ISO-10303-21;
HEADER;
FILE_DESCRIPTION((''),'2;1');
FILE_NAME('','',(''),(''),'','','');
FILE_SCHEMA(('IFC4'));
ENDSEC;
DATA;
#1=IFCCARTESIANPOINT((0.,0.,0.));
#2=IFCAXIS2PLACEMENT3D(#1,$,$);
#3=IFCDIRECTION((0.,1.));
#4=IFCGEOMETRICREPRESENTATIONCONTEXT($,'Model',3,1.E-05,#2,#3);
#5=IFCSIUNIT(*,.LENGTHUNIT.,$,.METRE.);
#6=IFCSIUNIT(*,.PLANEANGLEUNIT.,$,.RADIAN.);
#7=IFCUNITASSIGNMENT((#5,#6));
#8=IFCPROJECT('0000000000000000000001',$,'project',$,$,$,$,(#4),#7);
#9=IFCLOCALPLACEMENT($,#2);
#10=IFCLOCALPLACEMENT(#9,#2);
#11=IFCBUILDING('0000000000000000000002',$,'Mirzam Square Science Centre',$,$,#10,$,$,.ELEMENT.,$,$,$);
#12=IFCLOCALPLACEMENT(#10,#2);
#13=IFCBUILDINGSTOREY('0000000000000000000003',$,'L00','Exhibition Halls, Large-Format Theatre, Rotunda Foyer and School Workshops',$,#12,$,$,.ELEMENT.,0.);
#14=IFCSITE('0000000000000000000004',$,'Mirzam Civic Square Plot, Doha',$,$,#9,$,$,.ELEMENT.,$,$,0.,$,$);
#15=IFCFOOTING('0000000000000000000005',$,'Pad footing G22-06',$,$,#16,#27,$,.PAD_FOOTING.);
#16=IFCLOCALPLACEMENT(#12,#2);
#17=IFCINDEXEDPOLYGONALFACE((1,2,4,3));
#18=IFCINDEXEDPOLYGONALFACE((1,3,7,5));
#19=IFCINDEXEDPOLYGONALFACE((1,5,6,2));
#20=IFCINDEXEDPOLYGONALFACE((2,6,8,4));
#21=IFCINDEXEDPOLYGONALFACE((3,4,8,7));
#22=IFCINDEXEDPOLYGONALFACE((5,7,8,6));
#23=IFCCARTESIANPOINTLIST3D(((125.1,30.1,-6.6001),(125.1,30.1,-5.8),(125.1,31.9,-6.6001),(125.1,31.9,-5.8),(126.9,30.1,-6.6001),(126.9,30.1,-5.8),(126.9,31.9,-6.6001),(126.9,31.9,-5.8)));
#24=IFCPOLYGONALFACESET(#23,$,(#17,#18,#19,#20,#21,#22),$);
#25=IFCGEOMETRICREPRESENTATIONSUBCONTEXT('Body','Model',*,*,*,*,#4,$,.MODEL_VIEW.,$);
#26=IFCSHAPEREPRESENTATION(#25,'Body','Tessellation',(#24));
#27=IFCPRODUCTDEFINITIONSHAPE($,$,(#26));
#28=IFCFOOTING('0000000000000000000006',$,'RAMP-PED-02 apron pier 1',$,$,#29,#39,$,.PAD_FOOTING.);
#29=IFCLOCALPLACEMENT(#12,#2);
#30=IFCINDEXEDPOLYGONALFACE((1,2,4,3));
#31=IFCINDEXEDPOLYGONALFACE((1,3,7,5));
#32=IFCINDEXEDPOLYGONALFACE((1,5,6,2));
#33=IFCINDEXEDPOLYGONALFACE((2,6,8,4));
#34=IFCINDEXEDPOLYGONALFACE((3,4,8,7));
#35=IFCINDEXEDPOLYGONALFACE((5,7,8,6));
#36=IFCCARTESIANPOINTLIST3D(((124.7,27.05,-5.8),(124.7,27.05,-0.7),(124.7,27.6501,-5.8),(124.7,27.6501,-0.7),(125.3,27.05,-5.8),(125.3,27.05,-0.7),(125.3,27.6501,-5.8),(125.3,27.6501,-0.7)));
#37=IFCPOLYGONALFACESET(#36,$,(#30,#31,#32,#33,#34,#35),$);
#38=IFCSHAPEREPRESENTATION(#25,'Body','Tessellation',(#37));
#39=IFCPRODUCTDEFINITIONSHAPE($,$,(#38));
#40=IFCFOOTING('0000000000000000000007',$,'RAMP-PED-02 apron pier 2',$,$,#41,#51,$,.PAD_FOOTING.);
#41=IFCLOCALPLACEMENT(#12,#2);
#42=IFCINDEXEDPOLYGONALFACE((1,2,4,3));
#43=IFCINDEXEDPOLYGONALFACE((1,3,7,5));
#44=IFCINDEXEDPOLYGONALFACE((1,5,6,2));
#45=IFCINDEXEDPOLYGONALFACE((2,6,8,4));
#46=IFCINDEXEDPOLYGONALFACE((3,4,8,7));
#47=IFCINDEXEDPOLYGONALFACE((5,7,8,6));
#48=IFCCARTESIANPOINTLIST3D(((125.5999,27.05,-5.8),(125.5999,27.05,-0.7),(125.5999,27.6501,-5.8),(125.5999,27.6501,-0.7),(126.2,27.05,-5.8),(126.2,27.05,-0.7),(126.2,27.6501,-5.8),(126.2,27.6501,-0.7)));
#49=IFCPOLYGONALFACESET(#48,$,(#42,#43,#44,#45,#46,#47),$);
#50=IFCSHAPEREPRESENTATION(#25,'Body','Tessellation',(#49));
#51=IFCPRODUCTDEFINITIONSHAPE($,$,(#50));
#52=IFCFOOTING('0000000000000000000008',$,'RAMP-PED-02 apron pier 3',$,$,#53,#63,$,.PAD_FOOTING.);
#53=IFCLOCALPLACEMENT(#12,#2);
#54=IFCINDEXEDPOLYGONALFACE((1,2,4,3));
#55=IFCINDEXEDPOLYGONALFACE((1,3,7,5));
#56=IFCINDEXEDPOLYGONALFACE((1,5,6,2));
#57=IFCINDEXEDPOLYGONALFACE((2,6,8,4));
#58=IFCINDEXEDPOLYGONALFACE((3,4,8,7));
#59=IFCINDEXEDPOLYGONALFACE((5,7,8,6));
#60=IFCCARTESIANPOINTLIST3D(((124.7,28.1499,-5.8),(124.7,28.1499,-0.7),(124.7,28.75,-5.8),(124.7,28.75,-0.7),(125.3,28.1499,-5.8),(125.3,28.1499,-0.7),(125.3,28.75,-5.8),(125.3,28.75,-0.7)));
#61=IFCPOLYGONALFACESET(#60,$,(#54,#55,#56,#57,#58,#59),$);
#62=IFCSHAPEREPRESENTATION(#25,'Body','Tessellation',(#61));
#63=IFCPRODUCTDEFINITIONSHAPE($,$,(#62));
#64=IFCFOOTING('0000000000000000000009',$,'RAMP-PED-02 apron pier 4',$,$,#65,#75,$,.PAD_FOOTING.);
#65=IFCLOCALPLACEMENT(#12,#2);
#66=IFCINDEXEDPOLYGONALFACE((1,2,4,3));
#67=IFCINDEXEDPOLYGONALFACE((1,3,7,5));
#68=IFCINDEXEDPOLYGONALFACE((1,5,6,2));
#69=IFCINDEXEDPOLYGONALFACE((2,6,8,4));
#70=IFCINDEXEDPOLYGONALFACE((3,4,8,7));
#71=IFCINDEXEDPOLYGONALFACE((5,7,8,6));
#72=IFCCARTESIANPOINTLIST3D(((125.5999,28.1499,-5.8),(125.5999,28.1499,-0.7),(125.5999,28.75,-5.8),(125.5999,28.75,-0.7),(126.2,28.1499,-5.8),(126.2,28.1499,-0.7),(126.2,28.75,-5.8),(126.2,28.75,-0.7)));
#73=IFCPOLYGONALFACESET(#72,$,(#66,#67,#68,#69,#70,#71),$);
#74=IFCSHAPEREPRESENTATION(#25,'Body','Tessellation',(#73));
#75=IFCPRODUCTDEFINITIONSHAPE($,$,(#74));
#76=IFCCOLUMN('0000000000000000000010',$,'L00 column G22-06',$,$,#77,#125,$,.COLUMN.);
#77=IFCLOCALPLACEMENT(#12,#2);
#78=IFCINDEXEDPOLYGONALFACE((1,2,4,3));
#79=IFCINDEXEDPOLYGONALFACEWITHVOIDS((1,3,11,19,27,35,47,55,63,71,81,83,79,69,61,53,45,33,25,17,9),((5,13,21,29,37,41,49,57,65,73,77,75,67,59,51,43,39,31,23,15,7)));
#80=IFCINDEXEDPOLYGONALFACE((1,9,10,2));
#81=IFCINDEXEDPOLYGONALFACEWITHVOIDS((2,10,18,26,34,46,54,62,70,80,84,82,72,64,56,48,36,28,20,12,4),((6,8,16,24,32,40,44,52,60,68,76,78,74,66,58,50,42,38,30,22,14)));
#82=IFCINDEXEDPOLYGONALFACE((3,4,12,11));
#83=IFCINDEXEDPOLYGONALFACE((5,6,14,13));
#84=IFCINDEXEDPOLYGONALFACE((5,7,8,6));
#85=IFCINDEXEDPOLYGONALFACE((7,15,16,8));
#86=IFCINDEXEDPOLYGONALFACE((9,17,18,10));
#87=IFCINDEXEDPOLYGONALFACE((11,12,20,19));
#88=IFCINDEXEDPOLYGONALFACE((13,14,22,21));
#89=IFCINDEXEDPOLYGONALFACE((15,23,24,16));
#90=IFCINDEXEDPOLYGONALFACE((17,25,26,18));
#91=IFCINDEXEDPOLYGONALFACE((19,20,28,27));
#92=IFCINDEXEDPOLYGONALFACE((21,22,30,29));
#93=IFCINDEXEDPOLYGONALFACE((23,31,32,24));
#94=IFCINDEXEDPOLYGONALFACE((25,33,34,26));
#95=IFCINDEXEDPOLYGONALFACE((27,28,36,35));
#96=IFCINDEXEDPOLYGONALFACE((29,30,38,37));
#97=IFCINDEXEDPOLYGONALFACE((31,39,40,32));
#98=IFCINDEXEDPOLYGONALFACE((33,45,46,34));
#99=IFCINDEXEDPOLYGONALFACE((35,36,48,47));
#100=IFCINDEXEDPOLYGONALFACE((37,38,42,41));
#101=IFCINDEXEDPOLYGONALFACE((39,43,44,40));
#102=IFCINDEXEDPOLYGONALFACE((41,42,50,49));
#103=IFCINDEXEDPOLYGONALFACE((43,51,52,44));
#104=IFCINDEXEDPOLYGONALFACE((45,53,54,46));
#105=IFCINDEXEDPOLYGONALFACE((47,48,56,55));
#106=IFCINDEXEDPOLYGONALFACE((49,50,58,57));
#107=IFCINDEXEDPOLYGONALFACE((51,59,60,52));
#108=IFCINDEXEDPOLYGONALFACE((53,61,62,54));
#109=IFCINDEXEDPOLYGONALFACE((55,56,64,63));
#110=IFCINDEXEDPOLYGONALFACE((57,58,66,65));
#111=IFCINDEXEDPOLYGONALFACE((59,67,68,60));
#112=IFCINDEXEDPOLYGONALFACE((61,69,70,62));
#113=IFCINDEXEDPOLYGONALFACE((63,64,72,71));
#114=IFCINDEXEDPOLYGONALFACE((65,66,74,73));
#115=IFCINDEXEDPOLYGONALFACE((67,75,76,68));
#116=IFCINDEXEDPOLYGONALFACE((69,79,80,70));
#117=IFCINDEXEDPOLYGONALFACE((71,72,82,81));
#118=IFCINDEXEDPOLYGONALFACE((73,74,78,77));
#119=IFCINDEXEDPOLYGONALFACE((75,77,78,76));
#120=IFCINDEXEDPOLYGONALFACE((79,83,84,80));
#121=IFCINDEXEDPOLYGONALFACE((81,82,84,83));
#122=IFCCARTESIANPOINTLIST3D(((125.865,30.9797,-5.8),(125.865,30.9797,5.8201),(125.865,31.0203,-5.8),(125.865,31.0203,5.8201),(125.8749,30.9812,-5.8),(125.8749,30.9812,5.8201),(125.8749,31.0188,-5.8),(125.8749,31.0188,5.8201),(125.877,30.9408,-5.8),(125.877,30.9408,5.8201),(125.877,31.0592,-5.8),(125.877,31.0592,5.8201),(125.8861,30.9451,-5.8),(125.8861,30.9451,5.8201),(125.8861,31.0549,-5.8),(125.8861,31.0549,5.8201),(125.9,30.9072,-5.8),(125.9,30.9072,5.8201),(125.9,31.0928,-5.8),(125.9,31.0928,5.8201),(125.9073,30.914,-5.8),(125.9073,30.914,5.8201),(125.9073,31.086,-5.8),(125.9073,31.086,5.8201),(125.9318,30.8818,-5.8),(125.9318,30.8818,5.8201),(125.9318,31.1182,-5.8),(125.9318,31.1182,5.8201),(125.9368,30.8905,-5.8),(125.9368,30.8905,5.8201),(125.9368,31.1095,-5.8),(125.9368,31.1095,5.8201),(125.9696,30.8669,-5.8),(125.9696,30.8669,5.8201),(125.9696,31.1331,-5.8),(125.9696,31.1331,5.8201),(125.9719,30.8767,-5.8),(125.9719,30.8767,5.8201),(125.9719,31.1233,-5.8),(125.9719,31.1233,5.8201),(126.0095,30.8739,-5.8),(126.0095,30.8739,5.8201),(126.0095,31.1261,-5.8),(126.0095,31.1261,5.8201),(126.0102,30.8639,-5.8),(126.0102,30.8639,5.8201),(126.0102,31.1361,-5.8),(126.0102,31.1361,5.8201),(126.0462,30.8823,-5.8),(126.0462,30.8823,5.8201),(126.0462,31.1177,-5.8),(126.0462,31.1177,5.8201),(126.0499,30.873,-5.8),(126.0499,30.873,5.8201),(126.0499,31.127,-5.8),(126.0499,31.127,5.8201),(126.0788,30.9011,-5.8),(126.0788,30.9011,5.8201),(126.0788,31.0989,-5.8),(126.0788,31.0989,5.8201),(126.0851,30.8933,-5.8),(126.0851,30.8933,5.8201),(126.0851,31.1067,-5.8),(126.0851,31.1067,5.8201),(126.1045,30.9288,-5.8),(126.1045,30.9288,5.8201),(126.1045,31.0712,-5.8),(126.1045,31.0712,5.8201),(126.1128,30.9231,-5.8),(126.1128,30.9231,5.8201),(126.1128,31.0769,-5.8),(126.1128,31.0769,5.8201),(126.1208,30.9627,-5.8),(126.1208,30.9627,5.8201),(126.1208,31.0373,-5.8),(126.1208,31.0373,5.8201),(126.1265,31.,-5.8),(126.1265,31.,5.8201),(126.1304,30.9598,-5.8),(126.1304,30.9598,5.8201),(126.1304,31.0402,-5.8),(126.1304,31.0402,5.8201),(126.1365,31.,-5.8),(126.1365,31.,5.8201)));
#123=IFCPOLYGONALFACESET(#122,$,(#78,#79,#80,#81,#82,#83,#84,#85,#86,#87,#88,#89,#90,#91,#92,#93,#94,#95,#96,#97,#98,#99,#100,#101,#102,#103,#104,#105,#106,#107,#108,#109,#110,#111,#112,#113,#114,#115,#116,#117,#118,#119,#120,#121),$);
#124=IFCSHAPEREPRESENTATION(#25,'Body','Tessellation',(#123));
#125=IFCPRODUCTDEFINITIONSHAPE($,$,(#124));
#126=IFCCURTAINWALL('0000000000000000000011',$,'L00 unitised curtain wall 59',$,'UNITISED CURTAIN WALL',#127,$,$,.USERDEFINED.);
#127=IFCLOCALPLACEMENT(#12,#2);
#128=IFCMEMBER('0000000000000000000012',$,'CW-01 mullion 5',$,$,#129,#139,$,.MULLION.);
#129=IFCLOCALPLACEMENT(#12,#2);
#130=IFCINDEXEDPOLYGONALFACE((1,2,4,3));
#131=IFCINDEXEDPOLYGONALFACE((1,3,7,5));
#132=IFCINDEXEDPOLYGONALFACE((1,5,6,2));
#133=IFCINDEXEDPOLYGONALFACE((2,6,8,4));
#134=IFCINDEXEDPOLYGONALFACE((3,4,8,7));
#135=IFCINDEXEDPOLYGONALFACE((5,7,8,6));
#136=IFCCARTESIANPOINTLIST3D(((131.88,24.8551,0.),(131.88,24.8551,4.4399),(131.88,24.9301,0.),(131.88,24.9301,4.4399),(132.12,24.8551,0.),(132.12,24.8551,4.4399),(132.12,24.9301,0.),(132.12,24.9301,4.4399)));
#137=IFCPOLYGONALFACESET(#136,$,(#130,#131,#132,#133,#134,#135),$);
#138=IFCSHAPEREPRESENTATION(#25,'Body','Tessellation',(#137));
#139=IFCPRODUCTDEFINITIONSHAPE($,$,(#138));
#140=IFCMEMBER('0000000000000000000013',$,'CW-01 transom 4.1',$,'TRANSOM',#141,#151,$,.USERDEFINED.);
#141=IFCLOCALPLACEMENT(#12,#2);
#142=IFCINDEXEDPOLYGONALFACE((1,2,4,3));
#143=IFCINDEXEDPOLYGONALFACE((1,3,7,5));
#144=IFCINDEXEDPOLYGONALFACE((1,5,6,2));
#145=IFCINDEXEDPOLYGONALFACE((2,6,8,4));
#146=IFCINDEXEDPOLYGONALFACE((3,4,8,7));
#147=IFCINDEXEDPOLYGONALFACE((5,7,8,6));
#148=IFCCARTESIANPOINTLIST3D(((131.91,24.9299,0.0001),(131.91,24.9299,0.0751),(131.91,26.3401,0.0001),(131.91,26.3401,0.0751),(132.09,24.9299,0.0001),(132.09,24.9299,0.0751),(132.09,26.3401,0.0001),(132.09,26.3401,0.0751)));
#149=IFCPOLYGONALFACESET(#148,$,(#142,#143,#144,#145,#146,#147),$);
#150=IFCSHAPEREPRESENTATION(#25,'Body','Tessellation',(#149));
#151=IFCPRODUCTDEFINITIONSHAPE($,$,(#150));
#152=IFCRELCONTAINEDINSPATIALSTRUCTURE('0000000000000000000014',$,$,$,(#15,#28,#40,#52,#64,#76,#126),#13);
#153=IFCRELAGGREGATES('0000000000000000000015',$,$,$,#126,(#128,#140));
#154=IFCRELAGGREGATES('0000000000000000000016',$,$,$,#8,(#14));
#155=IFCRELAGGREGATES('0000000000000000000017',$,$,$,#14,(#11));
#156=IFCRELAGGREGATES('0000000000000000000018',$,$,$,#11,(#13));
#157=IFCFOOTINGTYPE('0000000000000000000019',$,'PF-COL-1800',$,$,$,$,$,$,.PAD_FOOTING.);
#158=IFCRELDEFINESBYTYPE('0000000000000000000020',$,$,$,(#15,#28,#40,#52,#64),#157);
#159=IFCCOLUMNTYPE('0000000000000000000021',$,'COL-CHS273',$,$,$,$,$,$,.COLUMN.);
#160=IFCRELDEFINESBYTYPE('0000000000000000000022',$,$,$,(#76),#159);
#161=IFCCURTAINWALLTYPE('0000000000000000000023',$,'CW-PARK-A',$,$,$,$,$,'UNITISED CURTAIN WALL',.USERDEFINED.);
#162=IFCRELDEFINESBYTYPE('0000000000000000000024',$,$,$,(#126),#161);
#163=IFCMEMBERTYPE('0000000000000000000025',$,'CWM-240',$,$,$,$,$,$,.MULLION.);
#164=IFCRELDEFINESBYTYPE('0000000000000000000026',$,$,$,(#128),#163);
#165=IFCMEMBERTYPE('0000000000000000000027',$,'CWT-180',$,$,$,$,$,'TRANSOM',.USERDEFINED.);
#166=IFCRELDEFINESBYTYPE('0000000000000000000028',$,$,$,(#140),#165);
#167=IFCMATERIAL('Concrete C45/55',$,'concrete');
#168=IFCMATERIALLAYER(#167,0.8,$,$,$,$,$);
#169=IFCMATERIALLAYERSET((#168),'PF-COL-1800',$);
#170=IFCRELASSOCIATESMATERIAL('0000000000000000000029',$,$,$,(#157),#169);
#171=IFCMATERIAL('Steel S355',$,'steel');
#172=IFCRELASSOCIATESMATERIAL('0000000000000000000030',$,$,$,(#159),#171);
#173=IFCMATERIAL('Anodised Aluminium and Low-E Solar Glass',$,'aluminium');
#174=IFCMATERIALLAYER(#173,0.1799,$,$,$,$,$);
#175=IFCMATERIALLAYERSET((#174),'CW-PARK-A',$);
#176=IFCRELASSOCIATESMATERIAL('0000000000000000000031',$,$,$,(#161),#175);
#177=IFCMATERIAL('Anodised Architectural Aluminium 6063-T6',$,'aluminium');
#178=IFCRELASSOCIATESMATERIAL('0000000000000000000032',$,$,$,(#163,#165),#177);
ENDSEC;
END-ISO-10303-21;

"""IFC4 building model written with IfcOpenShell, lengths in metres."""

from ifc_helpers import new_model, si_unit, direction, frame, origin, origin_2d, place, context, subcontext, project, spatial, rectangle, hollow_circle, extrude, material, layer, layer_set, material_profile, profile_set, type_object, element, aggregate, save


model = new_model("IFC4")

# Units and contexts
model_context = context("Model", 3, precision=1e-05, world=origin(), true_north=direction((0.0, 1.0)))
body_context = subcontext(model_context, "Body", "Model", "MODEL_VIEW")
ifc_project = project(units=[si_unit("LENGTHUNIT", "METRE"), si_unit("PLANEANGLEUNIT", "RADIAN")], contexts=[model_context])

# Site, building, storey
site_placement = place(None, origin())
site = spatial("IfcSite", under=ifc_project, at=site_placement, Name="Mirzam Civic Square Plot, Doha", CompositionType="ELEMENT", RefElevation=0.0)
building_placement = place(site_placement, origin())
building = spatial("IfcBuilding", under=site, at=building_placement, Name="Mirzam Square Science Centre", CompositionType="ELEMENT")
storey_placement = place(building_placement, origin())
storey = spatial("IfcBuildingStorey", under=building, at=storey_placement, Name="L00", Description="Exhibition Halls, Large-Format Theatre, Rotunda Foyer and School Workshops", CompositionType="ELEMENT", Elevation=0.0)

# Footings
ifc_material_1 = material(Name="Concrete C45/55", Category="concrete")
ifc_layer_1 = layer(ifc_material_1, 0.8)
ifc_layer_set_1 = layer_set([ifc_layer_1], Name="PF-COL-1800")
footing_type = type_object("IfcFootingType", Name="PF-COL-1800", PredefinedType="PAD_FOOTING", material=ifc_layer_set_1)
footing_placement = place(storey_placement, frame((126.0, 31.0, -6.6001), z_axis=(0.0, 0.0, 1.0), x_axis=(1.0, 0.0, 0.0)))
element("IfcFooting", 1, at=footing_placement, inside=storey, type_object=footing_type, Name="Pad footing G22-06", PredefinedType="PAD_FOOTING", context=body_context, shape_type="SweptSolid", body=[
    extrude(rectangle(XDim=1.8, YDim=1.8, at=origin_2d()), origin(), (0.0, 0.0, 1.0), 0.8),
])
for number, where, z_axis, x_axis, name in (
    (2, (125.0, 27.3501, -5.8), (0.0, 0.0, 1.0), (1.0, 0.0, 0.0), "RAMP-PED-02 apron pier 1"),
    (3, (125.8999, 27.3501, -5.8), (0.0, 0.0, 1.0), (1.0, 0.0, 0.0), "RAMP-PED-02 apron pier 2"),
    (4, (125.0, 28.45, -5.8), (0.0, 0.0, 1.0), (1.0, 0.0, 0.0), "RAMP-PED-02 apron pier 3"),
    (5, (125.8999, 28.45, -5.8), (0.0, 0.0, 1.0), (1.0, 0.0, 0.0), "RAMP-PED-02 apron pier 4"),
):
    element("IfcFooting", number, at=place(storey_placement, frame(where, z_axis=z_axis, x_axis=x_axis)), inside=storey, type_object=footing_type, Name=name, PredefinedType="PAD_FOOTING", context=body_context, shape_type="SweptSolid", body=[
        extrude(rectangle(XDim=0.6001, YDim=0.6001, at=origin_2d()), origin(), (0.0, 0.0, 1.0), 5.1001),
    ])

# Column
ifc_material_2 = material(Name="Steel S355", Category="steel")
ifc_material_profile_1 = material_profile(ifc_material_2, hollow_circle(Radius=0.1365, WallThickness=0.01, at=origin_2d()), Name="273.0x10.0CHS")
ifc_profile_set_1 = profile_set([ifc_material_profile_1], Name="Steel S355")
column_type = type_object("IfcColumnType", Name="COL-CHS273", PredefinedType="COLUMN", material=ifc_profile_set_1)
column_placement = place(storey_placement, frame((126.0, 31.0, -5.8), z_axis=(0.0, 0.0, 1.0), x_axis=(1.0, 0.0, 0.0)))
element("IfcColumn", 6, at=column_placement, inside=storey, type_object=column_type, Name="L00 column G22-06", PredefinedType="COLUMN", context=body_context, shape_type="SweptSolid", body=[
    extrude(hollow_circle(Radius=0.1365, WallThickness=0.01, at=origin_2d()), origin(), (0.0, 0.0, 1.0), 11.6201),
])

# Curtain wall, members
ifc_material_3 = material(Name="Anodised Aluminium and Low-E Solar Glass", Category="aluminium")
ifc_layer_2 = layer(ifc_material_3, 0.1799)
ifc_layer_set_2 = layer_set([ifc_layer_2], Name="CW-PARK-A")
curtain_wall_type = type_object("IfcCurtainWallType", Name="CW-PARK-A", ElementType="UNITISED CURTAIN WALL", PredefinedType="USERDEFINED", material=ifc_layer_set_2)
curtain_wall_placement = place(storey_placement, origin())
curtain_wall = element("IfcCurtainWall", 7, at=curtain_wall_placement, inside=storey, type_object=curtain_wall_type, Name="L00 unitised curtain wall 59", ObjectType="UNITISED CURTAIN WALL", PredefinedType="USERDEFINED")
ifc_material_4 = material(Name="Anodised Architectural Aluminium 6063-T6", Category="aluminium")
ifc_material_profile_2 = material_profile(ifc_material_4, rectangle(XDim=0.075, YDim=0.24, at=origin_2d()), Name="ALU-MULL-240x75x5")
ifc_profile_set_2 = profile_set([ifc_material_profile_2], Name="Anodised Architectural Aluminium 6063-T6")
member_type_1 = type_object("IfcMemberType", Name="CWM-240", PredefinedType="MULLION", material=ifc_profile_set_2)
member_1_placement = place(storey_placement, frame((132.0, 24.8926, 0.0), z_axis=(0.0, 0.0, 1.0), x_axis=(0.0, -1.0, 0.0)))
member_1 = element("IfcMember", 8, at=member_1_placement, type_object=member_type_1, Name="CW-01 mullion 5", PredefinedType="MULLION", context=body_context, shape_type="SweptSolid", body=[
    extrude(rectangle(XDim=0.075, YDim=0.24, at=origin_2d()), origin(), (0.0, 0.0, 1.0), 4.4399),
])
ifc_material_profile_3 = material_profile(ifc_material_4, rectangle(XDim=0.1799, YDim=0.075, at=origin_2d()), Name="ALU-TRAN-180x75x5")
ifc_profile_set_3 = profile_set([ifc_material_profile_3], Name="Anodised Architectural Aluminium 6063-T6")
member_type_2 = type_object("IfcMemberType", Name="CWT-180", ElementType="TRANSOM", PredefinedType="USERDEFINED", material=ifc_profile_set_3)
member_2_placement = place(storey_placement, frame((132.0, 26.3401, 0.0376), z_axis=(0.0, -1.0, 0.0), x_axis=(1.0, 0.0, 0.0)))
member_2 = element("IfcMember", 9, at=member_2_placement, type_object=member_type_2, Name="CW-01 transom 4.1", ObjectType="TRANSOM", PredefinedType="USERDEFINED", context=body_context, shape_type="SweptSolid", body=[
    extrude(rectangle(XDim=0.1799, YDim=0.075, at=origin_2d()), origin(), (0.0, 0.0, 1.0), 1.4102),
])

aggregate(curtain_wall, [member_1, member_2])

save(model, "model.ifc")
